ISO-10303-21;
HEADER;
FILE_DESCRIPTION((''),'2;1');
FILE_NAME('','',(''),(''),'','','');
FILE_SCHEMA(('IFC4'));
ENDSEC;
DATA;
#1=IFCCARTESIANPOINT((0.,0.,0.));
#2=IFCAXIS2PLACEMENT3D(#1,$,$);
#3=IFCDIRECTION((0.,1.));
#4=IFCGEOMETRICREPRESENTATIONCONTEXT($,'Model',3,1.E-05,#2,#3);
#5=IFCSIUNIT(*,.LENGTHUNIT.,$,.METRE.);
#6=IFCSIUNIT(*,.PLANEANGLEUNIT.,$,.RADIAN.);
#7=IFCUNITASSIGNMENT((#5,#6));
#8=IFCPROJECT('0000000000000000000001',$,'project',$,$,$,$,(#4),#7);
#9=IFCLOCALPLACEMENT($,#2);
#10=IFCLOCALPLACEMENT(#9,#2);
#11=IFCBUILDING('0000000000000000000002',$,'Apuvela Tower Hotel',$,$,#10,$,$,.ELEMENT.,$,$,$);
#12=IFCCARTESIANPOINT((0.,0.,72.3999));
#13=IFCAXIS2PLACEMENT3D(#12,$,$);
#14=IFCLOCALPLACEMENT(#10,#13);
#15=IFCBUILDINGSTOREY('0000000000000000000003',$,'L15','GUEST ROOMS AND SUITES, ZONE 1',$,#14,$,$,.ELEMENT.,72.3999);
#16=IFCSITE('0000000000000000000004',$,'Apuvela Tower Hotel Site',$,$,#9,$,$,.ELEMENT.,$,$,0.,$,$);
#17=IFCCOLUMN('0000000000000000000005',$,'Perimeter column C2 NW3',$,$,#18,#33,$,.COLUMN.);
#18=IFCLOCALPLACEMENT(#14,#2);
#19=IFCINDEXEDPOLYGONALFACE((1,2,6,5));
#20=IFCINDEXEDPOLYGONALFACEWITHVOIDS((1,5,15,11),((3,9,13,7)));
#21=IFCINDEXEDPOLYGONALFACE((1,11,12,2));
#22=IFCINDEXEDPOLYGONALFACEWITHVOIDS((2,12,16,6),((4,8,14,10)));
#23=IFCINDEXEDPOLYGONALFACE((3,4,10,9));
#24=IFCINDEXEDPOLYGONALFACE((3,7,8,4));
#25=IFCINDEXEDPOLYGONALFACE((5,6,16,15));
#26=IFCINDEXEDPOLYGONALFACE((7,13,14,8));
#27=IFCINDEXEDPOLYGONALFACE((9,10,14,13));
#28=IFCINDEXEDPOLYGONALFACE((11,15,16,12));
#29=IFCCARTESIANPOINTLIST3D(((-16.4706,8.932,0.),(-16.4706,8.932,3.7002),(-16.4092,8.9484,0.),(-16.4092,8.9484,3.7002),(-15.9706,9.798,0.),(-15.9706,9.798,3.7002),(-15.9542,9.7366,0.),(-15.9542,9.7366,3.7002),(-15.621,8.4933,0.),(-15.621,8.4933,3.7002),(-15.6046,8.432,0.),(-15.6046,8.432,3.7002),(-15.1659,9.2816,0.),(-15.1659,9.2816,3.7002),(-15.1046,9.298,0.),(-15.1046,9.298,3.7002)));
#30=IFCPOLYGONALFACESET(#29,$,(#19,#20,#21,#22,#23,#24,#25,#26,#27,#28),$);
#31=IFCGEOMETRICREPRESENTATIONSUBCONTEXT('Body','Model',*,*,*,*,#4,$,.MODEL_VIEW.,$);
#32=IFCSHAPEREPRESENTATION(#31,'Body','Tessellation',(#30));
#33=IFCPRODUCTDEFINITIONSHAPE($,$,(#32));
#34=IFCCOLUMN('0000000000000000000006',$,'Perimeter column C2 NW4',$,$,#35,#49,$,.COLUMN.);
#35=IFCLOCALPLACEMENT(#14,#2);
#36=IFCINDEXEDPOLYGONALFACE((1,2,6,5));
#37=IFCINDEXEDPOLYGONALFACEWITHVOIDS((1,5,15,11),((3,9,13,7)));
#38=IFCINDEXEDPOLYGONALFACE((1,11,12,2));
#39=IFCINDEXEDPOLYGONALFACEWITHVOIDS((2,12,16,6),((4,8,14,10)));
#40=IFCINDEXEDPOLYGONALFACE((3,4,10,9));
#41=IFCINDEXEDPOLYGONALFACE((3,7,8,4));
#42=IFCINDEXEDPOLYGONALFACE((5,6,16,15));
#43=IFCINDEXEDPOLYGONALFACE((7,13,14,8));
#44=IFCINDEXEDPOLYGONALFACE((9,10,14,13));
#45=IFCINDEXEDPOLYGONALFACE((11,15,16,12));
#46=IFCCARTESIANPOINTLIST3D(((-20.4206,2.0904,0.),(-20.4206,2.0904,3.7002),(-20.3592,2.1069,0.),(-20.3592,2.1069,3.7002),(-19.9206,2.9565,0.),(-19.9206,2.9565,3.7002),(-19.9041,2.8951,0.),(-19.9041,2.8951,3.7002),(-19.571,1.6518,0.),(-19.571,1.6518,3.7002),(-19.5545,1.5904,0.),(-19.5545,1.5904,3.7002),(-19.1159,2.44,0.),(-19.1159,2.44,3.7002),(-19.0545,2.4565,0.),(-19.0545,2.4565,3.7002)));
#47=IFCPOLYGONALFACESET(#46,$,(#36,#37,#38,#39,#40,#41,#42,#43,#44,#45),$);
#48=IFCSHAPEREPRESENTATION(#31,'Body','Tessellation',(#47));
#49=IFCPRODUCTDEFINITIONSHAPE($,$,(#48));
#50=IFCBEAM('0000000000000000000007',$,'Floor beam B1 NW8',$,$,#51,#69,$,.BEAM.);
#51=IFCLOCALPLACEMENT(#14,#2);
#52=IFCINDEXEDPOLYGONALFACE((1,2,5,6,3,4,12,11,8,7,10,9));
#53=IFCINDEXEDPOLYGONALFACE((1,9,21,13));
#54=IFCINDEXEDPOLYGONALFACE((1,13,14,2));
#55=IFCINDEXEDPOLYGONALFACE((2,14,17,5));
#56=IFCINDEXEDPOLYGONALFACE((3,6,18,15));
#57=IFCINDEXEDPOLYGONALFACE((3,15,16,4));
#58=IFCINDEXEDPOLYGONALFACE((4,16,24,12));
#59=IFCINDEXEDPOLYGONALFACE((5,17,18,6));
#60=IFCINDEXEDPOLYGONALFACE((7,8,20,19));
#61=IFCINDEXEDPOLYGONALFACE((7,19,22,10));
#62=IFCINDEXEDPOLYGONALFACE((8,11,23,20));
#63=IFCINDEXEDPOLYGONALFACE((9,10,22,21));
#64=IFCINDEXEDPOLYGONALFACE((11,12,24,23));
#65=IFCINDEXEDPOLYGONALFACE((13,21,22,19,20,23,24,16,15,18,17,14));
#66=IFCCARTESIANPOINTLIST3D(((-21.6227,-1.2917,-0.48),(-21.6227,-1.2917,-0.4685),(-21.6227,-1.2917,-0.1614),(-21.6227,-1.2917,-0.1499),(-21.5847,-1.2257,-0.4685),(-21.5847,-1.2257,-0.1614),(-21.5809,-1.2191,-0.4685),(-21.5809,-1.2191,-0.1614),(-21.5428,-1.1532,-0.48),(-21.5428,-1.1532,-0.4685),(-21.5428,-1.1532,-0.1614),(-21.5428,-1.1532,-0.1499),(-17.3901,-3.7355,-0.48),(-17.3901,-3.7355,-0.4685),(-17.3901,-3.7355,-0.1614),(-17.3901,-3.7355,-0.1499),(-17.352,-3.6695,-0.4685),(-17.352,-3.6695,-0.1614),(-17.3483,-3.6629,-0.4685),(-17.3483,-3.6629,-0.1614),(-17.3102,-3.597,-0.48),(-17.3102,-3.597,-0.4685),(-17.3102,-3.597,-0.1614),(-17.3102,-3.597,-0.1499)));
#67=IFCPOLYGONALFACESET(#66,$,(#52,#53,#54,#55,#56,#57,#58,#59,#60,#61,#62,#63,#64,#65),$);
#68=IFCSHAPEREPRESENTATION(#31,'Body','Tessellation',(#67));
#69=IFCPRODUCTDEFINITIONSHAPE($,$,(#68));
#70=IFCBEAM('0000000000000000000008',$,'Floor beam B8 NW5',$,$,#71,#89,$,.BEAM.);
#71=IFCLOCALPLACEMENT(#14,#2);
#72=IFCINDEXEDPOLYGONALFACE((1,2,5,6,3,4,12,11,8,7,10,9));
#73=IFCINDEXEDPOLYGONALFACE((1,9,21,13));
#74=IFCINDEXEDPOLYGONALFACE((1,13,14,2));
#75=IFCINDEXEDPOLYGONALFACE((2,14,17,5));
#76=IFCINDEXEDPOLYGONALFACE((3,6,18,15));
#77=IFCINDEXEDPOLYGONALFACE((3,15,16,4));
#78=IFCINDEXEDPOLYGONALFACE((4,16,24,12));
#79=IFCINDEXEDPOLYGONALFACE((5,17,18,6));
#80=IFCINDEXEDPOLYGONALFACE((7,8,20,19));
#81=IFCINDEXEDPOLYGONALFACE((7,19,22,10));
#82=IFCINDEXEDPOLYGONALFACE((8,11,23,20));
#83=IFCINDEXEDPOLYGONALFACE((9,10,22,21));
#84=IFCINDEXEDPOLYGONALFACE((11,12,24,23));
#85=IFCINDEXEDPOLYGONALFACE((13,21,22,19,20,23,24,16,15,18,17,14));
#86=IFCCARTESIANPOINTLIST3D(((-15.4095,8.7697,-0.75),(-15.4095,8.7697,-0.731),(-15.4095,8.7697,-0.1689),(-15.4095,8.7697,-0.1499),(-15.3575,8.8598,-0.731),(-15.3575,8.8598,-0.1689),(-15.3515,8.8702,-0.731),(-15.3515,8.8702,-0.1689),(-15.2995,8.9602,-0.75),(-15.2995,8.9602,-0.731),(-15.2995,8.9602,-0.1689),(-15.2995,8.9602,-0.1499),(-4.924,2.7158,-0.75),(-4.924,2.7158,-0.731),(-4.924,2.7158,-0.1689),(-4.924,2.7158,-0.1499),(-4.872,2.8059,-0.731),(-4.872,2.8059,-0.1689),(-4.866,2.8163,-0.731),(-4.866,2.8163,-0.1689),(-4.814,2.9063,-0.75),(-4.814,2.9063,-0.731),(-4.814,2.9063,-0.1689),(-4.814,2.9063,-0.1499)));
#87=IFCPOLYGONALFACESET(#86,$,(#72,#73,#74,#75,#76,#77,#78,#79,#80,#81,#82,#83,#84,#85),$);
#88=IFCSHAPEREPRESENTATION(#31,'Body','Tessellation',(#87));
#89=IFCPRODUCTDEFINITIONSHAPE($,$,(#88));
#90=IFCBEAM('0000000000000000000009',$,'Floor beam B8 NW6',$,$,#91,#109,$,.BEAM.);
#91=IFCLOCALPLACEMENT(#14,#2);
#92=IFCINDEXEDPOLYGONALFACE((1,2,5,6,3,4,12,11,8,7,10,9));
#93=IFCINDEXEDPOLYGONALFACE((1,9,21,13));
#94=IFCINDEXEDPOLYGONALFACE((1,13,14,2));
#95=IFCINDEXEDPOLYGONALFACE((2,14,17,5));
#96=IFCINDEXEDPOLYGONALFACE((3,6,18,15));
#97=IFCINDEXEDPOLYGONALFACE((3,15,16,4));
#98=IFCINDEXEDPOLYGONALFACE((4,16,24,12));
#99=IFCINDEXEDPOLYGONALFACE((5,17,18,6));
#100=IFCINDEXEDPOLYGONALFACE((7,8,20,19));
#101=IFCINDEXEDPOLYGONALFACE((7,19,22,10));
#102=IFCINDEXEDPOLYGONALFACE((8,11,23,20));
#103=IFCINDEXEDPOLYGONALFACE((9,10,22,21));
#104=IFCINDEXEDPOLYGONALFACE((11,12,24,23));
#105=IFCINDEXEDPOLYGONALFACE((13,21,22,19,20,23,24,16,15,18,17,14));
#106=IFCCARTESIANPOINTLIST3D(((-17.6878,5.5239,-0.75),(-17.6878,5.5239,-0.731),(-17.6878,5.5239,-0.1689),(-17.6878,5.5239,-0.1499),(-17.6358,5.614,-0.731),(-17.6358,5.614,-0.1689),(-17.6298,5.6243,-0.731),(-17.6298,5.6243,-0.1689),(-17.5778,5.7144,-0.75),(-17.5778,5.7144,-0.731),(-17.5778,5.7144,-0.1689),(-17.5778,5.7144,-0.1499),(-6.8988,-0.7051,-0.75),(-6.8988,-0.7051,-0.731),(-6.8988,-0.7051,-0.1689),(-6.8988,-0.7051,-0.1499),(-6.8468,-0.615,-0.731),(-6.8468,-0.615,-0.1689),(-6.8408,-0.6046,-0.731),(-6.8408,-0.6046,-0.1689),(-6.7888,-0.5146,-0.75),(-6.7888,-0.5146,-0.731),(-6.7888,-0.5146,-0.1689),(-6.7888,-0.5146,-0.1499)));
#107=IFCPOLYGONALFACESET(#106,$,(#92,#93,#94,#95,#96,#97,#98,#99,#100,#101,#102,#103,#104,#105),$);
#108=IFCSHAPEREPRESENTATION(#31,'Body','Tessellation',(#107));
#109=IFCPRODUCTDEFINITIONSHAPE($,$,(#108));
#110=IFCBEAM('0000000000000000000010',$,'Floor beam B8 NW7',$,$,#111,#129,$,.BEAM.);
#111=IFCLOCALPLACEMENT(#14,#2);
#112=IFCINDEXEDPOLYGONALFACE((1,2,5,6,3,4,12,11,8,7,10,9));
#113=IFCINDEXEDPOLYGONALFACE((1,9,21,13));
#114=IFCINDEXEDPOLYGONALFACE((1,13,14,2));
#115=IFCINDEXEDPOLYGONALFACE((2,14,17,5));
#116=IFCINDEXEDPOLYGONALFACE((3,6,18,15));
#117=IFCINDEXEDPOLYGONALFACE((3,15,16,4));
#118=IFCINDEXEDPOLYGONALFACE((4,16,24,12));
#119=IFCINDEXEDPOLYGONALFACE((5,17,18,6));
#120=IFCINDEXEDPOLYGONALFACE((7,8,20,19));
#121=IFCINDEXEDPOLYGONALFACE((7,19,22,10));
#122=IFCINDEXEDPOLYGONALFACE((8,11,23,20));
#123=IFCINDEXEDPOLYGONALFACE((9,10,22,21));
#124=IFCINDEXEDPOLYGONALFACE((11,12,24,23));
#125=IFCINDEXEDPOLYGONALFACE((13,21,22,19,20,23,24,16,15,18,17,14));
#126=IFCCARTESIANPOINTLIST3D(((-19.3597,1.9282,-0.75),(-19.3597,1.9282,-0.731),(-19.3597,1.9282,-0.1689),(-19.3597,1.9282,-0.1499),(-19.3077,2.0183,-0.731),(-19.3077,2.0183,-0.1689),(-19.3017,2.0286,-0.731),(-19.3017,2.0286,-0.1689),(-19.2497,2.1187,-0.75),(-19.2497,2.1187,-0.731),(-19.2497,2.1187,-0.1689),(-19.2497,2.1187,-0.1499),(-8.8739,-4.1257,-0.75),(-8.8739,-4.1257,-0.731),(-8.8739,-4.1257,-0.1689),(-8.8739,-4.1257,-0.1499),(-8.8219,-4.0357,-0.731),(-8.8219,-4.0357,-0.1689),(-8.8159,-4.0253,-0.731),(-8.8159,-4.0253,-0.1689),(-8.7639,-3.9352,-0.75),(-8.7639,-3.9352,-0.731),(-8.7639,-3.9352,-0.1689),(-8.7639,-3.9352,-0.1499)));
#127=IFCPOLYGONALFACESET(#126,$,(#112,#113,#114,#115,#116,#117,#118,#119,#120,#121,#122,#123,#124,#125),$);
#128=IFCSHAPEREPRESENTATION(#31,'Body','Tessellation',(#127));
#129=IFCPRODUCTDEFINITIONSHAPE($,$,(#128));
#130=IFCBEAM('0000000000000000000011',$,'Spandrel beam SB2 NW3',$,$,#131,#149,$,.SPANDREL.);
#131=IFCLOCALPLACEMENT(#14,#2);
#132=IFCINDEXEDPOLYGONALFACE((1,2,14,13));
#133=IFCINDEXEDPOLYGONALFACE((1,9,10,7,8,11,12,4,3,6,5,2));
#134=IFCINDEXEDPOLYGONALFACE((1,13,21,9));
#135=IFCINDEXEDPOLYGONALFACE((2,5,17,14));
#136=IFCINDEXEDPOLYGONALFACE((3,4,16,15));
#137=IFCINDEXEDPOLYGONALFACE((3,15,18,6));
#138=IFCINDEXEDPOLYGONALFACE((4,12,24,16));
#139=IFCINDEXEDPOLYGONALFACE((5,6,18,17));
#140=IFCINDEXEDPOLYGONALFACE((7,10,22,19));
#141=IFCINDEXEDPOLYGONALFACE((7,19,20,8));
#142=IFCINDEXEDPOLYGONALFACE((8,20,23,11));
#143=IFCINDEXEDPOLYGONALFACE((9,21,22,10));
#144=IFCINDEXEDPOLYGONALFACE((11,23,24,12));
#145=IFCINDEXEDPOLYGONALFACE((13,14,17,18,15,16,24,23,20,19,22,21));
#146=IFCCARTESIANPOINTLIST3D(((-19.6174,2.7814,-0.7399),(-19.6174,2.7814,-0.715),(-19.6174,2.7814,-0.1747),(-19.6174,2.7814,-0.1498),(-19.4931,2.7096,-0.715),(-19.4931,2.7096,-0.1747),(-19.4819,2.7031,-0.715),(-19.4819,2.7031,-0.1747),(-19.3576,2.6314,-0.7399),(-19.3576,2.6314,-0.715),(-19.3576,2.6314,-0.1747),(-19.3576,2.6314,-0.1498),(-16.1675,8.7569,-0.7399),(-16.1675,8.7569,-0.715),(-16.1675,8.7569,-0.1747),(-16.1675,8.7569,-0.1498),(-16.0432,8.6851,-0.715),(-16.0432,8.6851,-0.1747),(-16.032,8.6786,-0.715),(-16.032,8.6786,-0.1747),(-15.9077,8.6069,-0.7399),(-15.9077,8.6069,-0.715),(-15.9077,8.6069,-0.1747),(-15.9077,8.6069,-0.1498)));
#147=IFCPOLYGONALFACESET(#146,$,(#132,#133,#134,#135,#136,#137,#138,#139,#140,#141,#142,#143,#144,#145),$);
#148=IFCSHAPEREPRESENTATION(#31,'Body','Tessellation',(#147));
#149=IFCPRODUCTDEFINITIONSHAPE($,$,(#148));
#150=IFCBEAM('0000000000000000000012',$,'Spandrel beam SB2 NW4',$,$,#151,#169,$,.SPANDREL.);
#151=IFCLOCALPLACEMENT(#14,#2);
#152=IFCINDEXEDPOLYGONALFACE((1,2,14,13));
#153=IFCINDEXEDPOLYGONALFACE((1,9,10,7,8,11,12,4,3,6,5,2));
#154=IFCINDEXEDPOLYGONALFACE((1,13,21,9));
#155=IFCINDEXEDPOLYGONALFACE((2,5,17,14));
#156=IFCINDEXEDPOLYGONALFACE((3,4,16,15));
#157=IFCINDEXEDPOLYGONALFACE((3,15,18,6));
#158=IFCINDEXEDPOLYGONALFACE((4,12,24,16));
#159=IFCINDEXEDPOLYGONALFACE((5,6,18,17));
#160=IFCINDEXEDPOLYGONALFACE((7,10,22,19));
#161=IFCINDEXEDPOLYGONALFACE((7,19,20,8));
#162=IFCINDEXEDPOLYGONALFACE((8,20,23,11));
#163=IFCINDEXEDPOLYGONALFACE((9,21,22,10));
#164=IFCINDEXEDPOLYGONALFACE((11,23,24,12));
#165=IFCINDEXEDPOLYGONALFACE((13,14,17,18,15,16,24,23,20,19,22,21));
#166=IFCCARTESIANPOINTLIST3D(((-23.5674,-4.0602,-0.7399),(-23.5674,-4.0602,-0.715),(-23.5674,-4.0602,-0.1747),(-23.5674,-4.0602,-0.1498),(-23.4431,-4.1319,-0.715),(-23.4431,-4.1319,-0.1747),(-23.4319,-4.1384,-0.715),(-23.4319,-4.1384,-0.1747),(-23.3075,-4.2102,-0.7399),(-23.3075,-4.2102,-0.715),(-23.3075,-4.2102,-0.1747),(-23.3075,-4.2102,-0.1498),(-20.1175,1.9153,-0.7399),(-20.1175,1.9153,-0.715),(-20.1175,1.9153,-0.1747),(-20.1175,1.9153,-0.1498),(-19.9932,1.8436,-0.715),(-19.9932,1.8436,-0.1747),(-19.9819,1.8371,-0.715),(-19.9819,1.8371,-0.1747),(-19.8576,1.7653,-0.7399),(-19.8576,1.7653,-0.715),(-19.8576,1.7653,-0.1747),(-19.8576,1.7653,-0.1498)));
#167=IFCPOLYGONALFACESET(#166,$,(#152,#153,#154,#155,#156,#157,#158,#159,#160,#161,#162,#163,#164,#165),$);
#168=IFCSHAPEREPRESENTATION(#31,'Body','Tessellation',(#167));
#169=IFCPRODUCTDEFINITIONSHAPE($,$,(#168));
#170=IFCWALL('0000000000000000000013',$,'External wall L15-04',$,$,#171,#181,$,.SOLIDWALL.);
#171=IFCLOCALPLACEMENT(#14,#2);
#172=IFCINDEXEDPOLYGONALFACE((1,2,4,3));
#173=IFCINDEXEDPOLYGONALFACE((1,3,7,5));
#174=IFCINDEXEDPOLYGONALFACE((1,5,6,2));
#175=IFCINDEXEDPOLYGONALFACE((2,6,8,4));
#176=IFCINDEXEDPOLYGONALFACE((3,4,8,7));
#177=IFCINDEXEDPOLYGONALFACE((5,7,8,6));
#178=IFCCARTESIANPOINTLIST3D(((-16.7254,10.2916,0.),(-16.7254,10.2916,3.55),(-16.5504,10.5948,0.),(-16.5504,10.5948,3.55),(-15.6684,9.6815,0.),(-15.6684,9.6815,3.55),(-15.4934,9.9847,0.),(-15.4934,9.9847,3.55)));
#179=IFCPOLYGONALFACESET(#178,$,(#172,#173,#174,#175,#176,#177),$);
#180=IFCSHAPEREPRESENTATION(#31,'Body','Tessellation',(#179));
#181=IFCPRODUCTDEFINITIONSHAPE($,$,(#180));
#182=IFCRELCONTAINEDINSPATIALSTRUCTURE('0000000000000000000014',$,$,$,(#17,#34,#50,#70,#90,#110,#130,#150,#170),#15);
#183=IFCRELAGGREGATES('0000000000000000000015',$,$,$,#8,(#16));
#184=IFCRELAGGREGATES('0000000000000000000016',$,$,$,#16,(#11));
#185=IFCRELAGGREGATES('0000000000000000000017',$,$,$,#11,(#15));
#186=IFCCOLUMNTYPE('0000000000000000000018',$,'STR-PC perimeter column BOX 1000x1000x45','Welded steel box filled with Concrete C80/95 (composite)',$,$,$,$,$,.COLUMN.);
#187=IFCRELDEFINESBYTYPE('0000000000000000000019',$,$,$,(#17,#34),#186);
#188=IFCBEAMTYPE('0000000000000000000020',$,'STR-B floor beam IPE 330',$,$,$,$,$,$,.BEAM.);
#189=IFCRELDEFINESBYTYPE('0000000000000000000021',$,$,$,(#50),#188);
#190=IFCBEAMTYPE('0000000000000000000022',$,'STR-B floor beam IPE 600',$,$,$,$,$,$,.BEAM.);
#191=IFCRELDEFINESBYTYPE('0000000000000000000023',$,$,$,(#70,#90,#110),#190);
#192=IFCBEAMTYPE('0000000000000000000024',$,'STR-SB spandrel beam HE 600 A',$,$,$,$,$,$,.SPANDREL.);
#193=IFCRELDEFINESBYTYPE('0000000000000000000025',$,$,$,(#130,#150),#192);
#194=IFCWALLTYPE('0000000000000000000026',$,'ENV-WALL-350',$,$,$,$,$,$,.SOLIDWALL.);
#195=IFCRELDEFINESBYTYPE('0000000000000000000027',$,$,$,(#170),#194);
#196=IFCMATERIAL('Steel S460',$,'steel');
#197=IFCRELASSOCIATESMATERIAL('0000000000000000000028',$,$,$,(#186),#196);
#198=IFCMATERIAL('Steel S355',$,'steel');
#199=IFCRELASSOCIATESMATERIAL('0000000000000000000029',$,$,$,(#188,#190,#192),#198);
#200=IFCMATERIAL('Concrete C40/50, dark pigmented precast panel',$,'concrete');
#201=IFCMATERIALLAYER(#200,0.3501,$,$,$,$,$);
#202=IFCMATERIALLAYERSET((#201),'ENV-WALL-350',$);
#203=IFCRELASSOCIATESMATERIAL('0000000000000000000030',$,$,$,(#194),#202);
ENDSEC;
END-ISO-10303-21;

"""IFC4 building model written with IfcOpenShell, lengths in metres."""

from ifc_helpers import new_model, si_unit, direction, frame, frame_2d, origin, origin_2d, place, context, subcontext, project, spatial, rectangle, hollow_rectangle, i_section, extrude, material, layer, layer_set, material_profile, profile_set, type_object, element, save


model = new_model("IFC4")

# Units and contexts
model_context = context("Model", 3, precision=1e-05, world=origin(), true_north=direction((0.0, 1.0)))
body_context = subcontext(model_context, "Body", "Model", "MODEL_VIEW")
ifc_project = project(units=[si_unit("LENGTHUNIT", "METRE"), si_unit("PLANEANGLEUNIT", "RADIAN")], contexts=[model_context])

# Site, building, storey
site_placement = place(None, origin())
site = spatial("IfcSite", under=ifc_project, at=site_placement, Name="Apuvela Tower Hotel Site", CompositionType="ELEMENT", RefElevation=0.0)
building_placement = place(site_placement, origin())
building = spatial("IfcBuilding", under=site, at=building_placement, Name="Apuvela Tower Hotel", CompositionType="ELEMENT")
storey_placement = place(building_placement, frame((0.0, 0.0, 72.3999)))
storey = spatial("IfcBuildingStorey", under=building, at=storey_placement, Name="L15", Description="GUEST ROOMS AND SUITES, ZONE 1", CompositionType="ELEMENT", Elevation=72.3999)

# Columns
ifc_material_1 = material(Name="Steel S460", Category="steel")
ifc_material_profile_1 = material_profile(ifc_material_1, hollow_rectangle(XDim=1.0, YDim=1.0, WallThickness=0.0449, at=origin_2d()), Name="BOX 1000x1000x45")
ifc_material_2 = material(Name="Concrete C80/95", Category="concrete")
ifc_material_profile_2 = material_profile(ifc_material_2, rectangle(XDim=0.9099, YDim=0.9099, at=origin_2d()), Name="Concrete C80/95 infill")
ifc_profile_set_1 = profile_set([ifc_material_profile_1, ifc_material_profile_2], Name="Steel S460")
column_type = type_object("IfcColumnType", Name="STR-PC perimeter column BOX 1000x1000x45", Description="Welded steel box filled with Concrete C80/95 (composite)", PredefinedType="COLUMN", material=ifc_profile_set_1)
for number, where, z_axis, x_axis, name in (
    (1, (-15.7876, 9.115, 0.0), (0.0, 0.0, 1.0), (0.5, 0.866025, 0.0), "Perimeter column C2 NW3"),
    (2, (-19.7375, 2.2734, 0.0), (0.0, 0.0, 1.0), (0.5, 0.866025, 0.0), "Perimeter column C2 NW4"),
):
    element("IfcColumn", number, at=place(storey_placement, frame(where, z_axis=z_axis, x_axis=x_axis)), inside=storey, type_object=column_type, Name=name, PredefinedType="COLUMN", context=body_context, shape_type="SweptSolid", body=[
        extrude(hollow_rectangle(XDim=1.0, YDim=1.0, WallThickness=0.0449, at=origin_2d()), origin(), (0.0, 0.0, 1.0), 3.7002),
    ])

# Beams
ifc_material_3 = material(Name="Steel S355", Category="steel")
ifc_material_profile_3 = material_profile(ifc_material_3, i_section(OverallWidth=0.1599, OverallDepth=0.3301, WebThickness=0.0076, FlangeThickness=0.0115, at=origin_2d()), Name="IPE 330")
ifc_profile_set_2 = profile_set([ifc_material_profile_3], Name="Steel S355")
beam_type_1 = type_object("IfcBeamType", Name="STR-B floor beam IPE 330", PredefinedType="BEAM", material=ifc_profile_set_2)
beam_1_placement = place(storey_placement, frame((-21.5828, -1.2224, -0.3149), z_axis=(0.866015, -0.500018, 0.0), x_axis=(0.500018, 0.866015, 0.0)))
element("IfcBeam", 3, at=beam_1_placement, inside=storey, type_object=beam_type_1, Name="Floor beam B1 NW8", PredefinedType="BEAM", context=body_context, shape_type="SweptSolid", body=[
    extrude(i_section(OverallWidth=0.1599, OverallDepth=0.3301, WebThickness=0.0076, FlangeThickness=0.0115, at=origin_2d()), origin(), (0.0, 0.0, 1.0), 4.8875),
])
ifc_material_profile_4 = material_profile(ifc_material_3, i_section(OverallWidth=0.22, OverallDepth=0.6001, WebThickness=0.012, FlangeThickness=0.019, at=origin_2d()), Name="IPE 600")
ifc_profile_set_3 = profile_set([ifc_material_profile_4], Name="Steel S355")
beam_type_2 = type_object("IfcBeamType", Name="STR-B floor beam IPE 600", PredefinedType="BEAM", material=ifc_profile_set_3)
beam_2_placement = place(storey_placement, frame((-15.3545, 8.865, -0.45), z_axis=(0.866022, -0.500006, 0.0), x_axis=(0.500006, 0.866022, 0.0)))
element("IfcBeam", 4, at=beam_2_placement, inside=storey, type_object=beam_type_2, Name="Floor beam B8 NW5", PredefinedType="BEAM", context=body_context, shape_type="SweptSolid", body=[
    extrude(i_section(OverallWidth=0.22, OverallDepth=0.6001, WebThickness=0.012, FlangeThickness=0.019, at=origin_2d()), origin(), (0.0, 0.0, 1.0), 12.1077),
])
beam_3_placement = place(storey_placement, frame((-17.6328, 5.6191, -0.45), z_axis=(0.866028, -0.499996, 0.0), x_axis=(0.499996, 0.866028, 0.0)))
element("IfcBeam", 5, at=beam_3_placement, inside=storey, type_object=beam_type_2, Name="Floor beam B8 NW6", PredefinedType="BEAM", context=body_context, shape_type="SweptSolid", body=[
    extrude(i_section(OverallWidth=0.22, OverallDepth=0.6001, WebThickness=0.012, FlangeThickness=0.019, at=origin_2d()), origin(), (0.0, 0.0, 1.0), 12.458),
])
beam_4_placement = place(storey_placement, frame((-19.3047, 2.0234, -0.45), z_axis=(0.866027, -0.499997, 0.0), x_axis=(0.499997, 0.866027, 0.0)))
element("IfcBeam", 6, at=beam_4_placement, inside=storey, type_object=beam_type_2, Name="Floor beam B8 NW7", PredefinedType="BEAM", context=body_context, shape_type="SweptSolid", body=[
    extrude(i_section(OverallWidth=0.22, OverallDepth=0.6001, WebThickness=0.012, FlangeThickness=0.019, at=origin_2d()), origin(), (0.0, 0.0, 1.0), 12.1079),
])
ifc_material_profile_5 = material_profile(ifc_material_3, i_section(OverallWidth=0.3, OverallDepth=0.5901, WebThickness=0.0129, FlangeThickness=0.0249, at=origin_2d()), Name="HE 600 A")
ifc_profile_set_4 = profile_set([ifc_material_profile_5], Name="Steel S355")
beam_type_3 = type_object("IfcBeamType", Name="STR-SB spandrel beam HE 600 A", PredefinedType="SPANDREL", material=ifc_profile_set_4)
for number, where, z_axis, x_axis, name in (
    (7, (-16.0376, 8.6819, -0.4448), (-0.499994, -0.866029, 0.0), (0.866029, -0.499994, 0.0), "Spandrel beam SB2 NW3"),
    (8, (-19.9875, 1.8403, -0.4448), (-0.499994, -0.866029, 0.0), (0.866029, -0.499994, 0.0), "Spandrel beam SB2 NW4"),
):
    element("IfcBeam", number, at=place(storey_placement, frame(where, z_axis=z_axis, x_axis=x_axis)), inside=storey, type_object=beam_type_3, Name=name, PredefinedType="SPANDREL", context=body_context, shape_type="SweptSolid", body=[
        extrude(i_section(OverallWidth=0.3, OverallDepth=0.5901, WebThickness=0.0129, FlangeThickness=0.0249, at=origin_2d()), origin(), (0.0, 0.0, 1.0), 6.8999),
    ])

# Wall
ifc_material_4 = material(Name="Concrete C40/50, dark pigmented precast panel", Category="concrete")
ifc_layer_1 = layer(ifc_material_4, 0.3501)
ifc_layer_set_1 = layer_set([ifc_layer_1], Name="ENV-WALL-350")
wall_type_1 = type_object("IfcWallType", Name="ENV-WALL-350", PredefinedType="SOLIDWALL", material=ifc_layer_set_1)
wall_1_placement = place(storey_placement, frame((-15.5808, 9.833, 0.0), z_axis=(0.0, 0.0, 1.0), x_axis=(-0.866056, 0.499948, 0.0)))
element("IfcWall", 9, at=wall_1_placement, inside=storey, type_object=wall_type_1, Name="External wall L15-04", PredefinedType="SOLIDWALL", context=body_context, shape_type="SweptSolid", body=[
    extrude(rectangle(XDim=1.2205, YDim=0.3501, at=frame_2d((0.6104, 0.0))), origin(), (0.0, 0.0, 1.0), 3.55),
])

save(model, "model.ifc")
